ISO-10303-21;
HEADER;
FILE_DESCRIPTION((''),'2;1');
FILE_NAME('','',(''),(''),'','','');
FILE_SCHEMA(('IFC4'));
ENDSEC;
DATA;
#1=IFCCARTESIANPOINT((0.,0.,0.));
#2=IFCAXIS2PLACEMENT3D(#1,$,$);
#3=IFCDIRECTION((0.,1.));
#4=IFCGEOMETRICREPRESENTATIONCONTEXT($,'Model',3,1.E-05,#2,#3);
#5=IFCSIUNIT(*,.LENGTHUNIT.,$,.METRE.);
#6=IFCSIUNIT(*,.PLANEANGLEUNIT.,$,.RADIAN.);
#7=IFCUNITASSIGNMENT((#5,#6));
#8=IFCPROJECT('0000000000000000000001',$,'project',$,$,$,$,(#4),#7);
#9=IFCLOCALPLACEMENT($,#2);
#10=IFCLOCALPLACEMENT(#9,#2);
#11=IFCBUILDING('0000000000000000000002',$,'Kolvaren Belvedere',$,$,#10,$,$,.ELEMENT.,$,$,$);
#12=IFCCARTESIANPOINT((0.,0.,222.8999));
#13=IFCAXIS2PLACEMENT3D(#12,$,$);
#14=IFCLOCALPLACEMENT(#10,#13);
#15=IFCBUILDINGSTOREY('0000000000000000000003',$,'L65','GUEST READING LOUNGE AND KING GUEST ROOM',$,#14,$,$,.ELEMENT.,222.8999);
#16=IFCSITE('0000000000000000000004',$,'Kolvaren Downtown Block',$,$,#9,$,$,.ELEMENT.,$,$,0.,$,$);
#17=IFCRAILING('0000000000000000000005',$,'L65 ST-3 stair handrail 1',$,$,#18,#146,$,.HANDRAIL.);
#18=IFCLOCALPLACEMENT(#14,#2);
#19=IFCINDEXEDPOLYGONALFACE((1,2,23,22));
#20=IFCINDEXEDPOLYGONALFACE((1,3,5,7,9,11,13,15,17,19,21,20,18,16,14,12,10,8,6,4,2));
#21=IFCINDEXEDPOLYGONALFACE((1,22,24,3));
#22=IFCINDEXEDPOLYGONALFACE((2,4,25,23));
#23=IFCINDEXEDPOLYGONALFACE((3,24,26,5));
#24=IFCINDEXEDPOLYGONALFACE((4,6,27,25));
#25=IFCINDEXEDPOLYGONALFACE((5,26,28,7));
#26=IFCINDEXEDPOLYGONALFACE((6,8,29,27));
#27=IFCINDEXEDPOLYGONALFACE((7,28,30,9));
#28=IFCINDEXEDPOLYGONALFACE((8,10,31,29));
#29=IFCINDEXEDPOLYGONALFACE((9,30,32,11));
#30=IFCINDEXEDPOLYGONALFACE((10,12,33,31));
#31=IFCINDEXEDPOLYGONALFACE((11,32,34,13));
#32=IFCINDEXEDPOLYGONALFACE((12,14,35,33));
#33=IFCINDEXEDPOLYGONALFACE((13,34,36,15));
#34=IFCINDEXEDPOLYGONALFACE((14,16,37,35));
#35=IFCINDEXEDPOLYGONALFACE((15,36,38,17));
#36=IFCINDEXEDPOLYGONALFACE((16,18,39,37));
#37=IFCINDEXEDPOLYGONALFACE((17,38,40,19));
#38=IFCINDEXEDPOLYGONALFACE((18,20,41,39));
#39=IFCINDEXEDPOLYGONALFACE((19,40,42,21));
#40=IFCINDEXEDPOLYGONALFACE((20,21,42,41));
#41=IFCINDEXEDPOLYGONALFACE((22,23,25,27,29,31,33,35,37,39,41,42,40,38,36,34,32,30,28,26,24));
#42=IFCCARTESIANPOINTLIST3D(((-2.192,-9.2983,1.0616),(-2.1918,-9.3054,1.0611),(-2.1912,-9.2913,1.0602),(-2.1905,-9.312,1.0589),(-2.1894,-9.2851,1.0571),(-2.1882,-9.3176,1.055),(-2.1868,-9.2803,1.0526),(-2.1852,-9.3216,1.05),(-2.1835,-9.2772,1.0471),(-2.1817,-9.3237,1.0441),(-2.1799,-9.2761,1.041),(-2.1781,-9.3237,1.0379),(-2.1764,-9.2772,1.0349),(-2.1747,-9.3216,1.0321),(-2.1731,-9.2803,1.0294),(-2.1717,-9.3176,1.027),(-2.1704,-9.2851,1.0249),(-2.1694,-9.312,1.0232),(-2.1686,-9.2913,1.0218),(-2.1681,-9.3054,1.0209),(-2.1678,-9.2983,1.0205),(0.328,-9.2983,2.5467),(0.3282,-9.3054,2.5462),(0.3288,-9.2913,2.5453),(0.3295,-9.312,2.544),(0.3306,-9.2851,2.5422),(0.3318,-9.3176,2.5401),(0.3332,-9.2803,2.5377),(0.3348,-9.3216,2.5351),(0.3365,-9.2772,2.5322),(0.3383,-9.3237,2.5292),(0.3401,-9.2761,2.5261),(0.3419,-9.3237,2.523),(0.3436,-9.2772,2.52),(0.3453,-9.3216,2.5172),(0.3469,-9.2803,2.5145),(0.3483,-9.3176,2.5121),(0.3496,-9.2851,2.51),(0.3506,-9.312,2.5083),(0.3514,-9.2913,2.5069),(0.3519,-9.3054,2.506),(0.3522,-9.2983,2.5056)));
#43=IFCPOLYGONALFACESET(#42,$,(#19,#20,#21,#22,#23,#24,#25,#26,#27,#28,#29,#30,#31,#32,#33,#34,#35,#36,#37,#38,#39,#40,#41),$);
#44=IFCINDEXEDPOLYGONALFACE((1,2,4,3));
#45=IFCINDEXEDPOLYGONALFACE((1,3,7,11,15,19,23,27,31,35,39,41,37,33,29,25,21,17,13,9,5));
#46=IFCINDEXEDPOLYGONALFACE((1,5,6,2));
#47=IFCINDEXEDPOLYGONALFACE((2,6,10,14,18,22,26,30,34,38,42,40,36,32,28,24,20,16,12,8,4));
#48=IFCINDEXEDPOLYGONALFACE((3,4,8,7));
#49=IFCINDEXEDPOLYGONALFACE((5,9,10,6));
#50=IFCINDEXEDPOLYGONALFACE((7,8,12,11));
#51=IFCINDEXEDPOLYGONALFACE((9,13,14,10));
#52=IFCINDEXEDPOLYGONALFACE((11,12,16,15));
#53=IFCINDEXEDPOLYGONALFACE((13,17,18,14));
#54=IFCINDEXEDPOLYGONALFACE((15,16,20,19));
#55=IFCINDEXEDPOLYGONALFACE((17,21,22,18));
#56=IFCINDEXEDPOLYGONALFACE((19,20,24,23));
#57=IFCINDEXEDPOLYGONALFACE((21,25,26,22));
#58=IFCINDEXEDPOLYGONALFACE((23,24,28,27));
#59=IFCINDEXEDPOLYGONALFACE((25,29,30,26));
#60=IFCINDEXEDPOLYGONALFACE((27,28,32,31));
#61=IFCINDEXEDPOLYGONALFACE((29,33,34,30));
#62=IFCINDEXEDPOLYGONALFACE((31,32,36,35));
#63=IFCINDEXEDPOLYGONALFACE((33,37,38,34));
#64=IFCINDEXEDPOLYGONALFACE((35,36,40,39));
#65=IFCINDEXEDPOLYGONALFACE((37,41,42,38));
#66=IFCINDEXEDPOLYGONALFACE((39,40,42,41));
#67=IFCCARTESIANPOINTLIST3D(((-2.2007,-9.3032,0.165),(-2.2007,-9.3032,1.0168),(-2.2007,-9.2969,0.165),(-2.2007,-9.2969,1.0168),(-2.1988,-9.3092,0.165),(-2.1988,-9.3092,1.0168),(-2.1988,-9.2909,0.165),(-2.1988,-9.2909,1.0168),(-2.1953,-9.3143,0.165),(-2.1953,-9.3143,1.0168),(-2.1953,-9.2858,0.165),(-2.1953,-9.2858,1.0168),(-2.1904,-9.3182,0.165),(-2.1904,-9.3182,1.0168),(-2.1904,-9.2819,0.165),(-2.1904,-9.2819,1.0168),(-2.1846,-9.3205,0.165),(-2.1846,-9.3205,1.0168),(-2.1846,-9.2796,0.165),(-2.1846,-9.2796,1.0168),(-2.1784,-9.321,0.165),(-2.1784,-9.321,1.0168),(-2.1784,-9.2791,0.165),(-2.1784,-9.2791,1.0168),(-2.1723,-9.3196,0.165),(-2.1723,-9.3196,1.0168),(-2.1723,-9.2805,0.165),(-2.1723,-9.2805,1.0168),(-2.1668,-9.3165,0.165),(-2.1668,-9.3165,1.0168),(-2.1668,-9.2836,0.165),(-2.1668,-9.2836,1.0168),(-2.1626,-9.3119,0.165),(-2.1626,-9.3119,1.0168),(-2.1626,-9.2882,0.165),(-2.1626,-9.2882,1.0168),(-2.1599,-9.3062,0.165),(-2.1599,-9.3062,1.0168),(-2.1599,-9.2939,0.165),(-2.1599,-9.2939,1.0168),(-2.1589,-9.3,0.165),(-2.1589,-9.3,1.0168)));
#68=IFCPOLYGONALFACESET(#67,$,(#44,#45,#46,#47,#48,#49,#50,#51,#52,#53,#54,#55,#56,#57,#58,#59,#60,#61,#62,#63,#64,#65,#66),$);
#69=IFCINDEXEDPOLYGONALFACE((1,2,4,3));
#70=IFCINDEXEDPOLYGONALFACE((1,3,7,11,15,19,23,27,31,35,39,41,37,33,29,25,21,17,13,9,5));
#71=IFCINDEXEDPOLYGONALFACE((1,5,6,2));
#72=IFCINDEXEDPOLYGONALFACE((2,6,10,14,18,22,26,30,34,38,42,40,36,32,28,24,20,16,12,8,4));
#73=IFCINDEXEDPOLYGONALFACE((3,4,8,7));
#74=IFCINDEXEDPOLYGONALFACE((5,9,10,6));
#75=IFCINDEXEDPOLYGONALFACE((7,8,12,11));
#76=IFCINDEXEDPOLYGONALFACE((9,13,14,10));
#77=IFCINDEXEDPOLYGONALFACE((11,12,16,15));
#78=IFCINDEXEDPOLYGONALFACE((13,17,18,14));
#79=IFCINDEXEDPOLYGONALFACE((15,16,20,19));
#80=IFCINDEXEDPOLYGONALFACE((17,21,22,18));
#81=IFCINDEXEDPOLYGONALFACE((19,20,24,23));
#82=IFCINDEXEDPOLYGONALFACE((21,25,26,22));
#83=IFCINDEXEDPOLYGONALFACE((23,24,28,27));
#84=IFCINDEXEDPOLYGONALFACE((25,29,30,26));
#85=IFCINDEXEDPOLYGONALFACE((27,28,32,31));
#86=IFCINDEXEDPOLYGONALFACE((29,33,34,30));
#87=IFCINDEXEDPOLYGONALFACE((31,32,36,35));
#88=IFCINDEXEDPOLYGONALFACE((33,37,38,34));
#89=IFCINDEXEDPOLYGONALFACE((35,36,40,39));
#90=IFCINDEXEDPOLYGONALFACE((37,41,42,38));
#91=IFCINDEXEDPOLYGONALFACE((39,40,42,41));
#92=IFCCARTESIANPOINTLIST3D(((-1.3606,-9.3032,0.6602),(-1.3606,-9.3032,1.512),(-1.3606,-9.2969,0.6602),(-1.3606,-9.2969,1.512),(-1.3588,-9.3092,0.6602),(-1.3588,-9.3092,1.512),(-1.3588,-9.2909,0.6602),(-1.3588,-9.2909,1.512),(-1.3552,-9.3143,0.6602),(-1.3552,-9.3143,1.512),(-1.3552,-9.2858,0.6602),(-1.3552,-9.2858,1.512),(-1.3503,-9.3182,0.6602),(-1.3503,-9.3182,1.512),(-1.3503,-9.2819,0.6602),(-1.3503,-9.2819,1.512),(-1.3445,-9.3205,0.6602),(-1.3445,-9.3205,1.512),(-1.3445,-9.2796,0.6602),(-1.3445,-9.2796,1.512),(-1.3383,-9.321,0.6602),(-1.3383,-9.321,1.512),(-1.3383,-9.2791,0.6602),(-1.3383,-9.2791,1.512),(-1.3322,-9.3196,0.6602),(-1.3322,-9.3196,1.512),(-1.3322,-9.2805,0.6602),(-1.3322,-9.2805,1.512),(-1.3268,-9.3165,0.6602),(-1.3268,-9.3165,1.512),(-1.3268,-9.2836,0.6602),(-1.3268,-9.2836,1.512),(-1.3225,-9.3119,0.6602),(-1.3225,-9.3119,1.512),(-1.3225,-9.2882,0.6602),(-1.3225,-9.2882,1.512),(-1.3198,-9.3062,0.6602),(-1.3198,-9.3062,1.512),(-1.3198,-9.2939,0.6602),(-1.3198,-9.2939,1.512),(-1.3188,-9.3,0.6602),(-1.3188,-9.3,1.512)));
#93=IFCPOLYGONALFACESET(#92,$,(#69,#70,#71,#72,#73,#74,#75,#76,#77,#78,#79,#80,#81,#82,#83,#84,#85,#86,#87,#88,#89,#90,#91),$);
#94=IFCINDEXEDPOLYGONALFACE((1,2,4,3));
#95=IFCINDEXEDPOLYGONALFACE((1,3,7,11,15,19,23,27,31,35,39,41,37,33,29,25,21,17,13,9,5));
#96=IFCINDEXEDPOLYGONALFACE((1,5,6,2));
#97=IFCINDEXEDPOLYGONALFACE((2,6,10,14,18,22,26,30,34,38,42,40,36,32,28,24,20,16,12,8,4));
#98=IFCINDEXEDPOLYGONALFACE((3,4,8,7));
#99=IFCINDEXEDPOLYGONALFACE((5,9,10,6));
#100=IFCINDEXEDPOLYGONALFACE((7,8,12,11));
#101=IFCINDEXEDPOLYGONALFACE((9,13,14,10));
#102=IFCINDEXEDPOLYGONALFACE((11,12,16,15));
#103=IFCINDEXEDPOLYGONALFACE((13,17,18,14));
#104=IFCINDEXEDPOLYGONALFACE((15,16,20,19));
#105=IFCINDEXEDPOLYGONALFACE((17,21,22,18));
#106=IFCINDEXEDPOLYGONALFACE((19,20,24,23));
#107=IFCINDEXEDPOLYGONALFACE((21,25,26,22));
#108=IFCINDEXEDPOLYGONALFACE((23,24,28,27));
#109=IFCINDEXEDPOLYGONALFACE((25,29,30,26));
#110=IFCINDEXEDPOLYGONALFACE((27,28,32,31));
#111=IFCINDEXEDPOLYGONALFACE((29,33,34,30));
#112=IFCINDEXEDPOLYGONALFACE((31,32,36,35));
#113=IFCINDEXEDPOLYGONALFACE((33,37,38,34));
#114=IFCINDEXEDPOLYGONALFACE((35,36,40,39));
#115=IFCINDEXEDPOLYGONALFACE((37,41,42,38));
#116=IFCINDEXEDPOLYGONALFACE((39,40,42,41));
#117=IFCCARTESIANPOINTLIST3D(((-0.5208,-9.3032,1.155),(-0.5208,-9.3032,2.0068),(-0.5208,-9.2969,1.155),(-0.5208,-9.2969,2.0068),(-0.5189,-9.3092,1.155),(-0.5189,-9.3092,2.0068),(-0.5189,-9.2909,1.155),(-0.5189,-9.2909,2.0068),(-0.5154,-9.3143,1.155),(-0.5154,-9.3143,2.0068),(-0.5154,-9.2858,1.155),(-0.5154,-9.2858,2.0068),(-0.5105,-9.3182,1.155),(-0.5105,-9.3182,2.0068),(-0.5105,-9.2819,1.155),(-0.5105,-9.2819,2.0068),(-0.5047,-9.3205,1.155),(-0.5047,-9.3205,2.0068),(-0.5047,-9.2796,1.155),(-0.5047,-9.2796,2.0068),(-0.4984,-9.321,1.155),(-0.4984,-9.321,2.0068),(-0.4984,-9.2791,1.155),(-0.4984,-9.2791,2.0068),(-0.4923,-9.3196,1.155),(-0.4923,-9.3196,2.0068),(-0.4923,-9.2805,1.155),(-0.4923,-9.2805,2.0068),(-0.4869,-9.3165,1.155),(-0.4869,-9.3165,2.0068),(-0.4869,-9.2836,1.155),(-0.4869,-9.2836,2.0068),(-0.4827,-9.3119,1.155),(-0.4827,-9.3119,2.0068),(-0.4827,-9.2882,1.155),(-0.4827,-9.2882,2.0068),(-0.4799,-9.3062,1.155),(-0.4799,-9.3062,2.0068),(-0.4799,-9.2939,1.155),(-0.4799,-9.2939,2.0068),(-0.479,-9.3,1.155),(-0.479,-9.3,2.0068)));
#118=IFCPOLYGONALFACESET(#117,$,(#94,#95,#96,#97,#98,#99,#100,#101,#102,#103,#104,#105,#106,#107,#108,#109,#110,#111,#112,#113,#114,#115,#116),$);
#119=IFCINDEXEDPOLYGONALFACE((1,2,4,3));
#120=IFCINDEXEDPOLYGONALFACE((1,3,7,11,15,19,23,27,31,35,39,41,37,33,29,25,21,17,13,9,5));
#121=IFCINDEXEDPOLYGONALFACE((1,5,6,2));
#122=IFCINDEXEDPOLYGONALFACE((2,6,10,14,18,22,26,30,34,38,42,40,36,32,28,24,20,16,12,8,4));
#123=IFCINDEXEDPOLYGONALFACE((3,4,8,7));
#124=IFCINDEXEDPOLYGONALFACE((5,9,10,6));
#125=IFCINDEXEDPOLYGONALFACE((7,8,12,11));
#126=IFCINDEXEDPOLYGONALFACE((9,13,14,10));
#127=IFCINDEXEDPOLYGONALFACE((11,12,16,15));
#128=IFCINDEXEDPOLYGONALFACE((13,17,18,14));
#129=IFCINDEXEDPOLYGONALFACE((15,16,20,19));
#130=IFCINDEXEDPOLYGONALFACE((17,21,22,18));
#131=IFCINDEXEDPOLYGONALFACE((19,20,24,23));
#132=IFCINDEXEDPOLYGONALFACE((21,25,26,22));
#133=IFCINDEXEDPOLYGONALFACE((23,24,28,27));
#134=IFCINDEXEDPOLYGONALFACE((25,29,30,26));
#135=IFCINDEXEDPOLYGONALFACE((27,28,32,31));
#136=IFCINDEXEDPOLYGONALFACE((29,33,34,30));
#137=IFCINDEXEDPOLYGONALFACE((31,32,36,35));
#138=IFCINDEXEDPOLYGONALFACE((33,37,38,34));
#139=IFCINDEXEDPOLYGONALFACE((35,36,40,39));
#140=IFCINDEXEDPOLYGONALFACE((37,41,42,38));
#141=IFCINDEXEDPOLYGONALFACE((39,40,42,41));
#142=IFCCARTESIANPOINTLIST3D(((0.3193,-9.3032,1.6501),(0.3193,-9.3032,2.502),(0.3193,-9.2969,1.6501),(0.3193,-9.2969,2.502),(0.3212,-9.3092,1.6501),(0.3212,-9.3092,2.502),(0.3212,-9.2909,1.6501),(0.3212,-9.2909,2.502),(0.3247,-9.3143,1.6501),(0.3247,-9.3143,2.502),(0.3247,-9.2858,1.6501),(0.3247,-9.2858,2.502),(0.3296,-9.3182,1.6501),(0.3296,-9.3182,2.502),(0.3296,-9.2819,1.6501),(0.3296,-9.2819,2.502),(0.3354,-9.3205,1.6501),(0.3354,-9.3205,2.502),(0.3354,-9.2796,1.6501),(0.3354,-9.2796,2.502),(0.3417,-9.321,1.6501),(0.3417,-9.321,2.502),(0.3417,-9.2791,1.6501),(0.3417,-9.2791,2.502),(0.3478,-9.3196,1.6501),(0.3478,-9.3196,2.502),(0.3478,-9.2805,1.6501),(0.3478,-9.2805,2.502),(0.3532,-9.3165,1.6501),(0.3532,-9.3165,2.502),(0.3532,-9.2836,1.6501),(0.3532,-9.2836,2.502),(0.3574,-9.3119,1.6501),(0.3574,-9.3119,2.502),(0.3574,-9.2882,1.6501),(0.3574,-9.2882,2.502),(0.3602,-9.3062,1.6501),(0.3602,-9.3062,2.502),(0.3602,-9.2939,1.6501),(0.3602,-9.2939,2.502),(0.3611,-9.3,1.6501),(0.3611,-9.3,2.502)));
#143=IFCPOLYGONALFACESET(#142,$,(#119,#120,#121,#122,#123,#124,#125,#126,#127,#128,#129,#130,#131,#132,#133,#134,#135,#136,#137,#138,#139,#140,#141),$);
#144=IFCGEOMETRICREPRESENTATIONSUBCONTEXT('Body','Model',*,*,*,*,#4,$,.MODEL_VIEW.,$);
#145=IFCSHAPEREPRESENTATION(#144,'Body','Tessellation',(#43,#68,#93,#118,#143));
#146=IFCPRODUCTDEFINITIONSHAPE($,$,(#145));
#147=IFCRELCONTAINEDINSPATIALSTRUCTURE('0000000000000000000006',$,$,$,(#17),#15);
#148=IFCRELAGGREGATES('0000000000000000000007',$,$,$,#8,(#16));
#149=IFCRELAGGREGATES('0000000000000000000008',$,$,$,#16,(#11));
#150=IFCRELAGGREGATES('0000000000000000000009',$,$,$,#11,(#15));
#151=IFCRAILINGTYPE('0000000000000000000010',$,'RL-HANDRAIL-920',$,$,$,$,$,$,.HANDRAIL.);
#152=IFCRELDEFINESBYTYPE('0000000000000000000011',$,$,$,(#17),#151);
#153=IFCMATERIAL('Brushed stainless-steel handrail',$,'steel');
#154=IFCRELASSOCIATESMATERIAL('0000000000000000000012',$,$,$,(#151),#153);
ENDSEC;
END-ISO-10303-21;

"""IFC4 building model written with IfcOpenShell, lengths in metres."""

from ifc_helpers import new_model, si_unit, direction, frame, origin, origin_2d, place, context, subcontext, project, spatial, circle, extrude, material, type_object, element, save


model = new_model("IFC4")

# Units and contexts
model_context = context("Model", 3, precision=1e-05, world=origin(), true_north=direction((0.0, 1.0)))
body_context = subcontext(model_context, "Body", "Model", "MODEL_VIEW")
ifc_project = project(units=[si_unit("LENGTHUNIT", "METRE"), si_unit("PLANEANGLEUNIT", "RADIAN")], contexts=[model_context])

# Site, building, storey
site_placement = place(None, origin())
site = spatial("IfcSite", under=ifc_project, at=site_placement, Name="Kolvaren Downtown Block", CompositionType="ELEMENT", RefElevation=0.0)
building_placement = place(site_placement, origin())
building = spatial("IfcBuilding", under=site, at=building_placement, Name="Kolvaren Belvedere", CompositionType="ELEMENT")
storey_placement = place(building_placement, frame((0.0, 0.0, 222.8999)))
storey = spatial("IfcBuildingStorey", under=building, at=storey_placement, Name="L65", Description="GUEST READING LOUNGE AND KING GUEST ROOM", CompositionType="ELEMENT", Elevation=222.8999)

# Railing
ifc_material_1 = material(Name="Brushed stainless-steel handrail", Category="steel")
railing_type_1 = type_object("IfcRailingType", Name="RL-HANDRAIL-920", PredefinedType="HANDRAIL", material=ifc_material_1)
railing_1_placement = place(storey_placement, frame((-2.1799, -9.3, 0.165)))
element("IfcRailing", 1, at=railing_1_placement, inside=storey, type_object=railing_type_1, Name="L65 ST-3 stair handrail 1", PredefinedType="HANDRAIL", context=body_context, shape_type="SweptSolid", body=[
    extrude(circle(Radius=0.0239, at=origin_2d()), frame((0.0, 0.0, 0.876), z_axis=(0.861524, 0.0, 0.507717), x_axis=(0.0, 1.0, 0.0)), (0.0, 0.0, 1.0), 2.925),
    extrude(circle(Radius=0.021, at=origin_2d()), origin(), (0.0, 0.0, 1.0), 0.8518),
    extrude(circle(Radius=0.021, at=origin_2d()), frame((0.8401, 0.0, 0.4951)), (0.0, 0.0, 1.0), 0.8518),
    extrude(circle(Radius=0.021, at=origin_2d()), frame((1.6799, 0.0, 0.99)), (0.0, 0.0, 1.0), 0.8518),
    extrude(circle(Radius=0.021, at=origin_2d()), frame((2.52, 0.0, 1.4851)), (0.0, 0.0, 1.0), 0.8518),
])

save(model, "model.ifc")
